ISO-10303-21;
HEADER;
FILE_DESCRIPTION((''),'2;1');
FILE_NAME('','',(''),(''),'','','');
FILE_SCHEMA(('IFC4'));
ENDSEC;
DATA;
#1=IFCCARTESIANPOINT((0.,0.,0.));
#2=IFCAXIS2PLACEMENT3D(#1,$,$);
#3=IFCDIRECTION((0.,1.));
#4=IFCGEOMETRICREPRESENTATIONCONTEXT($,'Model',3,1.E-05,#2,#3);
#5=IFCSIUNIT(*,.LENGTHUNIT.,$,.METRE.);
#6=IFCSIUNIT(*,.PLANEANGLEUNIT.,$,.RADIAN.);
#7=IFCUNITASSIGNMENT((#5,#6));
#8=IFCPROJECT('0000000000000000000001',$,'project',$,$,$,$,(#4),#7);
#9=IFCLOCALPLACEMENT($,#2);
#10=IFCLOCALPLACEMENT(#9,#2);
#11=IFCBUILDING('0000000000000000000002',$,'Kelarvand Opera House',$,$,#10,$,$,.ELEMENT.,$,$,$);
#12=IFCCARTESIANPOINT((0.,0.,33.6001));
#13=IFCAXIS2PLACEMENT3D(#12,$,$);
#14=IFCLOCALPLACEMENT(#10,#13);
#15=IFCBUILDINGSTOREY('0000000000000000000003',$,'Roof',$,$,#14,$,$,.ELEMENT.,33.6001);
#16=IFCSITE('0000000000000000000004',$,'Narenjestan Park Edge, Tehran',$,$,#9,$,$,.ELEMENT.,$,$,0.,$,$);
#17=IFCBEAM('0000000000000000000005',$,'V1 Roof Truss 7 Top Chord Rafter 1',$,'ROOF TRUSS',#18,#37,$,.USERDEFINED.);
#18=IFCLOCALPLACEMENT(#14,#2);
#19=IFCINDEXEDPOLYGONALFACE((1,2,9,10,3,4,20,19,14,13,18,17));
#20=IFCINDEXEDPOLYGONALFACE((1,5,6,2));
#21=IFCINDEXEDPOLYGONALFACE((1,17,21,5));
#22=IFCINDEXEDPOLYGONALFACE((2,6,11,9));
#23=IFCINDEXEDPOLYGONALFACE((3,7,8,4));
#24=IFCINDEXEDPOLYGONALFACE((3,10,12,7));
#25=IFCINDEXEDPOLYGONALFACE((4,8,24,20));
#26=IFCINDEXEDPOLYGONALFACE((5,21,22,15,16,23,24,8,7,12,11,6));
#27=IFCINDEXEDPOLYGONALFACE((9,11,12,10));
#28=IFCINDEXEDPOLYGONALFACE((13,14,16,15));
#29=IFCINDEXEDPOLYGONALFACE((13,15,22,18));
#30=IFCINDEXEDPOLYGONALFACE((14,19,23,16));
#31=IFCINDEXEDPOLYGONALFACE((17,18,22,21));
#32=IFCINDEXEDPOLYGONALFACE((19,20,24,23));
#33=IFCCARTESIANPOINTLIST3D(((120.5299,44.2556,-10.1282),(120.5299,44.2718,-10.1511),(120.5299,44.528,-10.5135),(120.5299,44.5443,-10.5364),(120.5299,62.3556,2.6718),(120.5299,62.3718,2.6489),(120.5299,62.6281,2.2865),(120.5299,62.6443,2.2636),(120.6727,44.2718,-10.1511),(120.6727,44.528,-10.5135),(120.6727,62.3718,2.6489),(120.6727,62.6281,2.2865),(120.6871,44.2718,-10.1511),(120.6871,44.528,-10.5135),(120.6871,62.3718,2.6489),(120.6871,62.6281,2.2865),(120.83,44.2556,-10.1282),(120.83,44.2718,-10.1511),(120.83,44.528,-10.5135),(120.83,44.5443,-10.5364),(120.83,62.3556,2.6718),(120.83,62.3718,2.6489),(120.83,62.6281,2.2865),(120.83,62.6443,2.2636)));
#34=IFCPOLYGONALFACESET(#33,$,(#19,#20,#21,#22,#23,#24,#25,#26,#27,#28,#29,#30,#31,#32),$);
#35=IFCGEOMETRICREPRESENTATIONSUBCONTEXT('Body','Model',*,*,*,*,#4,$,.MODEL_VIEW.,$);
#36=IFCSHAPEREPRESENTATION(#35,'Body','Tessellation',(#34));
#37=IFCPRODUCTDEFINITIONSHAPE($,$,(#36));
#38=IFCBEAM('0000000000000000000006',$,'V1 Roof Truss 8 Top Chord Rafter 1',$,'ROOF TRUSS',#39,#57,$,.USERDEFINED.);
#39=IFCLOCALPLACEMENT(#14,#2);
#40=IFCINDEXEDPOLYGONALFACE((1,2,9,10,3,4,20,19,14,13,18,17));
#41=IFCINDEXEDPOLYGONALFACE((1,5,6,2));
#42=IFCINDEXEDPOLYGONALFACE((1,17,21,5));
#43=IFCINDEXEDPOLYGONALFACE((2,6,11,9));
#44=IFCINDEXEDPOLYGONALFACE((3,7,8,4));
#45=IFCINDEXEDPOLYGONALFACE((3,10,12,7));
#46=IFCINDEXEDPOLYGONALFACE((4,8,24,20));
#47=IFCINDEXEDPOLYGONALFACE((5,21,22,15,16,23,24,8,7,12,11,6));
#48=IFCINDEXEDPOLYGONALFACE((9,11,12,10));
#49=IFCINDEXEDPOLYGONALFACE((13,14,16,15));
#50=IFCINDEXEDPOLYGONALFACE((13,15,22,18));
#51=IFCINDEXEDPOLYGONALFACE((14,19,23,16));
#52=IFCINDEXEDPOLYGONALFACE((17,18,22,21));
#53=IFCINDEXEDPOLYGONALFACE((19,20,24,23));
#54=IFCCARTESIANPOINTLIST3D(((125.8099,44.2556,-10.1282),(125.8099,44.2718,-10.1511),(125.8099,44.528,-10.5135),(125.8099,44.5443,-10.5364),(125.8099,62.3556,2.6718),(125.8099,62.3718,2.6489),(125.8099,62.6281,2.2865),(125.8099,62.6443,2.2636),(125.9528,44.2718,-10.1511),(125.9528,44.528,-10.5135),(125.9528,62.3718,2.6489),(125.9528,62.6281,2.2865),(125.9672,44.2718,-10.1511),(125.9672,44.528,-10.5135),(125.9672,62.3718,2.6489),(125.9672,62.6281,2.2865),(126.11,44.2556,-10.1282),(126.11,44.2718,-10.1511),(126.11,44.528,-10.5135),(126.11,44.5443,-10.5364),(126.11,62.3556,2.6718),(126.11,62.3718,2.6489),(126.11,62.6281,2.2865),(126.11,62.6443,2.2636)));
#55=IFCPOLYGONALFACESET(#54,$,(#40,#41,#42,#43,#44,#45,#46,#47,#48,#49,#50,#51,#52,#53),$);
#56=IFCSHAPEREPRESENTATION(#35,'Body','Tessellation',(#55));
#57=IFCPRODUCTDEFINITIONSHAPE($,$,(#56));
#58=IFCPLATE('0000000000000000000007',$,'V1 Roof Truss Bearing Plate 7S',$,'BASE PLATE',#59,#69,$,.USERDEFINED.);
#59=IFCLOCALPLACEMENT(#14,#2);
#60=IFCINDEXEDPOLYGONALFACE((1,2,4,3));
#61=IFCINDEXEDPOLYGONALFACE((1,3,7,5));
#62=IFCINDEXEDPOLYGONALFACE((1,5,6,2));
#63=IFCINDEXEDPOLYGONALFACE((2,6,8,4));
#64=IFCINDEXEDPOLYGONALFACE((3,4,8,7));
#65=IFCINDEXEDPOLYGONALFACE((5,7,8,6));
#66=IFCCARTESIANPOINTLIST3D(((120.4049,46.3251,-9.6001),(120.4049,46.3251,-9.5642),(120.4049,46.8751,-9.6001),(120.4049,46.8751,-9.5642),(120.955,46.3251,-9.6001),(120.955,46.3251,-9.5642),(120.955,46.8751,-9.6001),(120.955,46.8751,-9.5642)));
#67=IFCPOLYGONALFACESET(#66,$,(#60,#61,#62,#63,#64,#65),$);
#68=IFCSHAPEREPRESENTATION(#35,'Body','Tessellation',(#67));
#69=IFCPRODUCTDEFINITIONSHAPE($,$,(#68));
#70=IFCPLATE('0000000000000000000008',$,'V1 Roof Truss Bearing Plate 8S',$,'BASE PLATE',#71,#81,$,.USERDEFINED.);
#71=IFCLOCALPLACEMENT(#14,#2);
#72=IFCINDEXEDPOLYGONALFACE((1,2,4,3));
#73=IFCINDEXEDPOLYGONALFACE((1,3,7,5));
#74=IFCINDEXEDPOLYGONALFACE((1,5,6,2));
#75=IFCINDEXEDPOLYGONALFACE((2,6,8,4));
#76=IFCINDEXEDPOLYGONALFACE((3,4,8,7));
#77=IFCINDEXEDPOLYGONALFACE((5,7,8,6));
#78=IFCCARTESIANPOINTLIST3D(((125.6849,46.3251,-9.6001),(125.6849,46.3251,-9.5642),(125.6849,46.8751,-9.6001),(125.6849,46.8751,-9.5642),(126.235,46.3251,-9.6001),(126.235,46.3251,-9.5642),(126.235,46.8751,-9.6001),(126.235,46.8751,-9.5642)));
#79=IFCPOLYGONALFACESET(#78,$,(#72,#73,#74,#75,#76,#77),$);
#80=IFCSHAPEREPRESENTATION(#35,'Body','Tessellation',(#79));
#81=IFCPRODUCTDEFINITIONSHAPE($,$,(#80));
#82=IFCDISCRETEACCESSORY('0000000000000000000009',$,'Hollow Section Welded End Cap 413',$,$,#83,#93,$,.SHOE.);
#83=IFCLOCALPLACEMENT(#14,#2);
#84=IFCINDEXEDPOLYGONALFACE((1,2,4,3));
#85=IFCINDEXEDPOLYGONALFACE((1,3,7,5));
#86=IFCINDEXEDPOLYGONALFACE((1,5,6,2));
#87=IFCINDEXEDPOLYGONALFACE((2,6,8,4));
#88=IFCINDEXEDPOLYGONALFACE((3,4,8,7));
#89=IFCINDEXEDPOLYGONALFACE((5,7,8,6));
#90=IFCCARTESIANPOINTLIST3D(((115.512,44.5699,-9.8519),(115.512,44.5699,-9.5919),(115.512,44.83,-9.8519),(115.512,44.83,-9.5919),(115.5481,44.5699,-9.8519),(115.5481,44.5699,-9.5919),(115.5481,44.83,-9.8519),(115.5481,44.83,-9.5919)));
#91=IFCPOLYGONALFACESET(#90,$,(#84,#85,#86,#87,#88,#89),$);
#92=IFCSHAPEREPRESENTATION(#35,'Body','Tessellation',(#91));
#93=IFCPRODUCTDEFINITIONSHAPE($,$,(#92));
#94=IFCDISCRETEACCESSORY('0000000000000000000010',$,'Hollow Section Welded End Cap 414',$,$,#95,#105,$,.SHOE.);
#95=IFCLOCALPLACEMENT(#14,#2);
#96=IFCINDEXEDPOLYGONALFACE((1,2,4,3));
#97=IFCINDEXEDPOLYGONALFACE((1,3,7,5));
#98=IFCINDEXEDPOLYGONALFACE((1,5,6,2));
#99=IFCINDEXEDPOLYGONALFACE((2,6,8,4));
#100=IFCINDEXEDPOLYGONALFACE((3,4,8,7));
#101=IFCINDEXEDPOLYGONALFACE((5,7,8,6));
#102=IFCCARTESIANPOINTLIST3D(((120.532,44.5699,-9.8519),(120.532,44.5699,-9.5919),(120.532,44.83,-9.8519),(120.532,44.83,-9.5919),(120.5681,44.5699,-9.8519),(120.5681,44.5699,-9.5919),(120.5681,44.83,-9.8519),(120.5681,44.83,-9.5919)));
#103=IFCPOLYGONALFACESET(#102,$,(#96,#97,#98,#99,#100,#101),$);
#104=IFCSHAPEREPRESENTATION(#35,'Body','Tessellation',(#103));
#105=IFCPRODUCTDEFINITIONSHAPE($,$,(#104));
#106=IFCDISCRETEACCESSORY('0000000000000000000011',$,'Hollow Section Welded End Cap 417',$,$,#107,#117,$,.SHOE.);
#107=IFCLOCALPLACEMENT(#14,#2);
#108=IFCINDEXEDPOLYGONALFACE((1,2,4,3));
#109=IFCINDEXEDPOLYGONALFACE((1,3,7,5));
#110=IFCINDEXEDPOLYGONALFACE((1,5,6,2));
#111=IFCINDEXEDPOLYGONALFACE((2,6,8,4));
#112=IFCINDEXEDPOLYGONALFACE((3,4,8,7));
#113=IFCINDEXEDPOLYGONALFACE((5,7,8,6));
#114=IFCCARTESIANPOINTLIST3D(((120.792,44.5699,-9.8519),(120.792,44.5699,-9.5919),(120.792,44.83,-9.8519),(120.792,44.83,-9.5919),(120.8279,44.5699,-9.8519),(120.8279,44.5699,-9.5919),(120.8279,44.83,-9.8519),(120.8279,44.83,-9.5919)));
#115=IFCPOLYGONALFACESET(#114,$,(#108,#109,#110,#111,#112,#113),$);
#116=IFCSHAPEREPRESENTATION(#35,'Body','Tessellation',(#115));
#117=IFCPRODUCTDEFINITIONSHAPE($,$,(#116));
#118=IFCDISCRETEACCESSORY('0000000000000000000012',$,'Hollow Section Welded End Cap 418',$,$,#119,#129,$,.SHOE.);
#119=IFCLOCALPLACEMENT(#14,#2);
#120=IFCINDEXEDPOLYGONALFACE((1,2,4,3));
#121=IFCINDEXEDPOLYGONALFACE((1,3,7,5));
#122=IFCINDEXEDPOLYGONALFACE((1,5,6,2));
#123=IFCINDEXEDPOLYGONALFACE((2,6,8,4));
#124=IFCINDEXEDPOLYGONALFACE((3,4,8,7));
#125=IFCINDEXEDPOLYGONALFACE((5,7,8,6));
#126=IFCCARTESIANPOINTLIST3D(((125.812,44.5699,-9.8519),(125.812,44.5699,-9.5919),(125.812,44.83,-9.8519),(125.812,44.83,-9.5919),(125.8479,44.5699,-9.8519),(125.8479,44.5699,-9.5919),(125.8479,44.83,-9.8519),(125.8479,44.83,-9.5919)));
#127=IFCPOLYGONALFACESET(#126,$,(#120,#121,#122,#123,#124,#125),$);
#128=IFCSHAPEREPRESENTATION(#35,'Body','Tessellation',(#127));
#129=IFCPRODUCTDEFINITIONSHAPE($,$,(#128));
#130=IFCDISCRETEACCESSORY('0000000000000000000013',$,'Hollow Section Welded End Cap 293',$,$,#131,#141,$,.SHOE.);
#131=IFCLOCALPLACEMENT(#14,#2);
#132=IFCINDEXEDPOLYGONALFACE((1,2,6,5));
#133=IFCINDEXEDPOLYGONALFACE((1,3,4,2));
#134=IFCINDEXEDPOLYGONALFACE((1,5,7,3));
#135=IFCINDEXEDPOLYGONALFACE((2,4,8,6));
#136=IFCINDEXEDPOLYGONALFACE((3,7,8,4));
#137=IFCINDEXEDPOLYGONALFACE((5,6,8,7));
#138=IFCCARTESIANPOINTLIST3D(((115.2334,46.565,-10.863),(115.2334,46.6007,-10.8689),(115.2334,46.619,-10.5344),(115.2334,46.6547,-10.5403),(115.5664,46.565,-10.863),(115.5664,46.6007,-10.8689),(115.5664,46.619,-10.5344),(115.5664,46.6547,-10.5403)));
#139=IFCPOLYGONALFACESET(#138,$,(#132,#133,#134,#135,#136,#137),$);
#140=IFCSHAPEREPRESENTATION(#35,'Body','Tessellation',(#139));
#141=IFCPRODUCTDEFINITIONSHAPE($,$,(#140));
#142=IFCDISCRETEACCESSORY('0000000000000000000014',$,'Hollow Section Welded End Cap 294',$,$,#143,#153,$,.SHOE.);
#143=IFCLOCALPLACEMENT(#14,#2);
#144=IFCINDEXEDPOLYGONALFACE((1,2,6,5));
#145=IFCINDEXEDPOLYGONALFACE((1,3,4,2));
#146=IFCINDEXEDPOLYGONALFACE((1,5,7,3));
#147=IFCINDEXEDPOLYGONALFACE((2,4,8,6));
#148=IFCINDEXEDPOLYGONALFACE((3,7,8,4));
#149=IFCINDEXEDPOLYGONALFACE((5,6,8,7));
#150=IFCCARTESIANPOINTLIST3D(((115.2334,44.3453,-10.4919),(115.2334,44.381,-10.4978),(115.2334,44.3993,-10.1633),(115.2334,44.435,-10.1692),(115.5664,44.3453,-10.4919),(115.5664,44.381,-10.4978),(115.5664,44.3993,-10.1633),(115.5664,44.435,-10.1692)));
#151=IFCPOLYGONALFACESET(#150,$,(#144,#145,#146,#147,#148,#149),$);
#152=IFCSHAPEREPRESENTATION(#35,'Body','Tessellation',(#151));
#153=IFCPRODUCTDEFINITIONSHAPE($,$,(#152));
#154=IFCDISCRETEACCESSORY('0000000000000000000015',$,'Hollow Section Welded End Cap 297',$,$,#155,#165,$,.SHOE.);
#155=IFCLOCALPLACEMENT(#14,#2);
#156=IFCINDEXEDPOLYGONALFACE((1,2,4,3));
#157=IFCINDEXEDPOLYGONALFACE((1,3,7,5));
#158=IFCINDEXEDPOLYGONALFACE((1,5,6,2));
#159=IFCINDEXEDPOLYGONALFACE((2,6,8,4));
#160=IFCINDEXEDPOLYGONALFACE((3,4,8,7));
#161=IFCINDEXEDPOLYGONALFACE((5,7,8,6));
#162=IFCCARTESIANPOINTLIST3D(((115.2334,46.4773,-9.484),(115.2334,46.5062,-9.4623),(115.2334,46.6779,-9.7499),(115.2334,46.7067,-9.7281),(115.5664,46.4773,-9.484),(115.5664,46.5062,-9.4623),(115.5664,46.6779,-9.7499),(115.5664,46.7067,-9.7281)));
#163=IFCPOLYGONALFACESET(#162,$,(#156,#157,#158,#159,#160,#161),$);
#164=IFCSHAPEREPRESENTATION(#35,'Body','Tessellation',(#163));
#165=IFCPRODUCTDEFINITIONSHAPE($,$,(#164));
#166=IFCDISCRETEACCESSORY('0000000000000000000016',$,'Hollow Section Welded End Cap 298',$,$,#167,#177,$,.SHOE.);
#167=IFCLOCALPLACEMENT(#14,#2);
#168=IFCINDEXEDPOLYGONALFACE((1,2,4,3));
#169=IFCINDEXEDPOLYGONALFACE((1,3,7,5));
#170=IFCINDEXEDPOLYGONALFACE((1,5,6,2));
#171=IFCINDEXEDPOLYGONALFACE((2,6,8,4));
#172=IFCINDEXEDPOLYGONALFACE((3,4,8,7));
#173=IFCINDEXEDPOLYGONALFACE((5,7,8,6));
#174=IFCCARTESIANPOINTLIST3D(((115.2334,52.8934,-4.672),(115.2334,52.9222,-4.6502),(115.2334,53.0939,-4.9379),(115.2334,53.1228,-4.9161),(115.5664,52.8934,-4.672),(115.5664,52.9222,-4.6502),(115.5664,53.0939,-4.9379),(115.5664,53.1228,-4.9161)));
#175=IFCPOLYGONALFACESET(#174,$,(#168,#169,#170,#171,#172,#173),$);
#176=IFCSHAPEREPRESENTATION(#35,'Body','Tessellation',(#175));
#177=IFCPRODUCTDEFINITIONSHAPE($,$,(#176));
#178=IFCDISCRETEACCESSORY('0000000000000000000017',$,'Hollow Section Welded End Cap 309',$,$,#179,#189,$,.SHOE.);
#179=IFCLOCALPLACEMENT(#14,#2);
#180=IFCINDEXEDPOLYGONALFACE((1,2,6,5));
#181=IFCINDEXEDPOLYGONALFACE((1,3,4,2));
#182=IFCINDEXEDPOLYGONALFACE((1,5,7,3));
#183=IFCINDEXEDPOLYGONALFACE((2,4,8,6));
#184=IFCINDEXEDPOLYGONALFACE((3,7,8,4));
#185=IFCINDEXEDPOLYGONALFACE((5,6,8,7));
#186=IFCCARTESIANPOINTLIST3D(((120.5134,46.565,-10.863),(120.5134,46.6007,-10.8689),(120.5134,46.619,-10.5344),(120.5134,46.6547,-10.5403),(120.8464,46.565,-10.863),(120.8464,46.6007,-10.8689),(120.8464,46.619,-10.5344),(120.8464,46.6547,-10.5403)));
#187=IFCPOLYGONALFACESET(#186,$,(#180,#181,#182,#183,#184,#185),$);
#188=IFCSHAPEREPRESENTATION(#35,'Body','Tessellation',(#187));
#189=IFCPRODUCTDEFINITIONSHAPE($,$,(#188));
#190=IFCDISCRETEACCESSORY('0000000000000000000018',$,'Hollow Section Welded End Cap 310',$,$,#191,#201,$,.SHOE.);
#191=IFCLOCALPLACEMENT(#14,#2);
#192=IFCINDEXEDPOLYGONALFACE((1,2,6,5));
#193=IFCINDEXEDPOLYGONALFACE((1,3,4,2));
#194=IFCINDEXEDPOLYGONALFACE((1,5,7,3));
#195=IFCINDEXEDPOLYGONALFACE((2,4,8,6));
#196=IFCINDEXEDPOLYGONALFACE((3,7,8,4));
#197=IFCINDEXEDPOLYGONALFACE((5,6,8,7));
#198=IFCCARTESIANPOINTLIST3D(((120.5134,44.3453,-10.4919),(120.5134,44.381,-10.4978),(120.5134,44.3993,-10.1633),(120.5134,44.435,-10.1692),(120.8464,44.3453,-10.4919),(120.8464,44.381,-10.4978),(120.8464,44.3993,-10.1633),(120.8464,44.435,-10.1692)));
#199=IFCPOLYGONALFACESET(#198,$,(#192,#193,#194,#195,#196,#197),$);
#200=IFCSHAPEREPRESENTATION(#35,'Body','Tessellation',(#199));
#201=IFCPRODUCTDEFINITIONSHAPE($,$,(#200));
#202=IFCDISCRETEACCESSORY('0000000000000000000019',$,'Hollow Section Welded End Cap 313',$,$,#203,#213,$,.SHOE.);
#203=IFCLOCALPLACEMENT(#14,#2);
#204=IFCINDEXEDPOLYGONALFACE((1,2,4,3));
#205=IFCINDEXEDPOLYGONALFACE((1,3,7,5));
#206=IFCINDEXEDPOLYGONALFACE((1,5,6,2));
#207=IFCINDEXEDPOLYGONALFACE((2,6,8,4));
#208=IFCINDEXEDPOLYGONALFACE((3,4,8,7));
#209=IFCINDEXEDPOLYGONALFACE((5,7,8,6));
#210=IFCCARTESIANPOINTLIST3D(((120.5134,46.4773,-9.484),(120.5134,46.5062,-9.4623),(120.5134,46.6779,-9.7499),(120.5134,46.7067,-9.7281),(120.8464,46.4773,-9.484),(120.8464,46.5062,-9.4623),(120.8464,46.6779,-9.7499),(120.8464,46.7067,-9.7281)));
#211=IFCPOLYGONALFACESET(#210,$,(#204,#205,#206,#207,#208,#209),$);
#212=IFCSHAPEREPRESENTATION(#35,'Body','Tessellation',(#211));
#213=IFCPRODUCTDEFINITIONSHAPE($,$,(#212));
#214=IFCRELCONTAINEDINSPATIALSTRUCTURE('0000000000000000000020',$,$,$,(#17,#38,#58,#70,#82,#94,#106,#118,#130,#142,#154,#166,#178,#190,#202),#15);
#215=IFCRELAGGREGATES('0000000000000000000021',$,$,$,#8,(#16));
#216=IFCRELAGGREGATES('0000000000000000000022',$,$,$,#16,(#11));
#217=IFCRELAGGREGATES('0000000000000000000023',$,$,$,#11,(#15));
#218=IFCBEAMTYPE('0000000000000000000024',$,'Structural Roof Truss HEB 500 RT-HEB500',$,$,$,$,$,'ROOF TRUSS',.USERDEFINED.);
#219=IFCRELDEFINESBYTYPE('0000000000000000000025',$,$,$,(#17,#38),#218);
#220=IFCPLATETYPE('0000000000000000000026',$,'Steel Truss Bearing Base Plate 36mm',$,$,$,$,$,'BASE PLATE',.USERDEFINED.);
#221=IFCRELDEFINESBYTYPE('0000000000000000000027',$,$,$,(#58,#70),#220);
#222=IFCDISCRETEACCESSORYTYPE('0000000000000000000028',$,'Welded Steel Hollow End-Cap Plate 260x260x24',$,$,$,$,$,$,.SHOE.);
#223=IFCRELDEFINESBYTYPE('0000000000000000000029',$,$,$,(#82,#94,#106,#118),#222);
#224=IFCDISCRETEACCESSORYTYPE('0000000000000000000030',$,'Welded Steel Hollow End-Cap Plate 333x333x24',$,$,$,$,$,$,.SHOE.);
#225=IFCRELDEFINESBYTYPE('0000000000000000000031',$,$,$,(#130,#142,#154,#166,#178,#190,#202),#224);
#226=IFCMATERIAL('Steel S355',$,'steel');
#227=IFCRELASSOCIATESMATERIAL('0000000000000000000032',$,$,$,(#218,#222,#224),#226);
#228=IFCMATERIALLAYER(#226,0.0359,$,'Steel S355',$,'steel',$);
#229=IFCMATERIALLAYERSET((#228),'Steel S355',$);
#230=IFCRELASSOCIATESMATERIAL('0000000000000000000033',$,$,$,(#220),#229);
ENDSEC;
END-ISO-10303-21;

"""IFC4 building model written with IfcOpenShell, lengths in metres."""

from ifc_helpers import new_model, si_unit, direction, frame, origin, origin_2d, place, context, subcontext, project, spatial, rectangle, i_section, extrude, material, layer, layer_set, material_profile, profile_set, type_object, element, save


model = new_model("IFC4")

# Units and contexts
model_context = context("Model", 3, precision=1e-05, world=origin(), true_north=direction((0.0, 1.0)))
body_context = subcontext(model_context, "Body", "Model", "MODEL_VIEW")
ifc_project = project(units=[si_unit("LENGTHUNIT", "METRE"), si_unit("PLANEANGLEUNIT", "RADIAN")], contexts=[model_context])

# Site, building, storey
site_placement = place(None, origin())
site = spatial("IfcSite", under=ifc_project, at=site_placement, Name="Narenjestan Park Edge, Tehran", CompositionType="ELEMENT", RefElevation=0.0)
building_placement = place(site_placement, origin())
building = spatial("IfcBuilding", under=site, at=building_placement, Name="Kelarvand Opera House", CompositionType="ELEMENT")
storey_placement = place(building_placement, frame((0.0, 0.0, 33.6001)))
storey = spatial("IfcBuildingStorey", under=building, at=storey_placement, Name="Roof", CompositionType="ELEMENT", Elevation=33.6001)

# Shared definitions
ifc_material = material(Name="Steel S355", Category="steel")

# Beams
ifc_material_profile_1 = material_profile(ifc_material, i_section(OverallWidth=0.3, OverallDepth=0.5, WebThickness=0.0144, FlangeThickness=0.0281, at=origin_2d()), Name="HEB 500", Category="steel")
ifc_profile_set_1 = profile_set([ifc_material_profile_1], Name="Steel S355")
beam_type = type_object("IfcBeamType", Name="Structural Roof Truss HEB 500 RT-HEB500", ElementType="ROOF TRUSS", PredefinedType="USERDEFINED", material=ifc_profile_set_1)
for number, where, z_axis, x_axis, name in (
    (1, (120.6799, 44.3999, -10.3323), (0.0, 0.816468, 0.577391), (-1.0, 0.0, 0.0), "V1 Roof Truss 7 Top Chord Rafter 1"),
    (2, (125.96, 44.3999, -10.3323), (0.0, 0.816468, 0.577391), (-1.0, 0.0, 0.0), "V1 Roof Truss 8 Top Chord Rafter 1"),
):
    element("IfcBeam", number, at=place(storey_placement, frame(where, z_axis=z_axis, x_axis=x_axis)), inside=storey, type_object=beam_type, Name=name, ObjectType="ROOF TRUSS", PredefinedType="USERDEFINED", context=body_context, shape_type="SweptSolid", body=[
        extrude(i_section(OverallWidth=0.3, OverallDepth=0.5, WebThickness=0.0144, FlangeThickness=0.0281, at=origin_2d()), origin(), (0.0, 0.0, 1.0), 22.1687),
    ])

# Plates
ifc_layer = layer(ifc_material, 0.0359, Name="Steel S355", Category="steel")
ifc_layer_set = layer_set([ifc_layer], Name="Steel S355")
plate_type = type_object("IfcPlateType", Name="Steel Truss Bearing Base Plate 36mm", ElementType="BASE PLATE", PredefinedType="USERDEFINED", material=ifc_layer_set)
for number, where, z_axis, x_axis, name in (
    (3, (120.6799, 46.6001, -9.6001), (0.0, 0.0, 1.0), (1.0, 0.0, 0.0), "V1 Roof Truss Bearing Plate 7S"),
    (4, (125.96, 46.6001, -9.6001), (0.0, 0.0, 1.0), (1.0, 0.0, 0.0), "V1 Roof Truss Bearing Plate 8S"),
):
    element("IfcPlate", number, at=place(storey_placement, frame(where, z_axis=z_axis, x_axis=x_axis)), inside=storey, type_object=plate_type, Name=name, ObjectType="BASE PLATE", PredefinedType="USERDEFINED", context=body_context, shape_type="SweptSolid", body=[
        extrude(rectangle(XDim=0.55, YDim=0.55, at=origin_2d()), origin(), (0.0, 0.0, 1.0), 0.0359),
    ])

# Discrete accessories
ifc_material_profile_2 = material_profile(ifc_material, rectangle(XDim=0.26, YDim=0.26, at=origin_2d()), Name="Welded Steel Hollow End-Cap Plate 260x260x24", Category="steel")
ifc_profile_set_2 = profile_set([ifc_material_profile_2], Name="Steel S355")
discrete_accessory_type_1 = type_object("IfcDiscreteAccessoryType", Name="Welded Steel Hollow End-Cap Plate 260x260x24", PredefinedType="SHOE", material=ifc_profile_set_2)
for number, where, z_axis, x_axis, name in (
    (5, (115.5481, 44.7, -9.7219), (-1.0, 0.0, 0.0), (0.0, -1.0, 0.0), "Hollow Section Welded End Cap 413"),
    (6, (120.532, 44.7, -9.7219), (1.0, 0.0, 0.0), (0.0, 1.0, 0.0), "Hollow Section Welded End Cap 414"),
):
    element("IfcDiscreteAccessory", number, at=place(storey_placement, frame(where, z_axis=z_axis, x_axis=x_axis)), inside=storey, type_object=discrete_accessory_type_1, Name=name, PredefinedType="SHOE", context=body_context, shape_type="SweptSolid", body=[
        extrude(rectangle(XDim=0.26, YDim=0.26, at=origin_2d()), origin(), (0.0, 0.0, 1.0), 0.0361),
    ])
for number, where, z_axis, x_axis, name in (
    (7, (120.8279, 44.7, -9.7219), (-1.0, 0.0, 0.0), (0.0, -1.0, 0.0), "Hollow Section Welded End Cap 417"),
    (8, (125.812, 44.7, -9.7219), (1.0, 0.0, 0.0), (0.0, 1.0, 0.0), "Hollow Section Welded End Cap 418"),
):
    element("IfcDiscreteAccessory", number, at=place(storey_placement, frame(where, z_axis=z_axis, x_axis=x_axis)), inside=storey, type_object=discrete_accessory_type_1, Name=name, PredefinedType="SHOE", context=body_context, shape_type="SweptSolid", body=[
        extrude(rectangle(XDim=0.26, YDim=0.26, at=origin_2d()), origin(), (0.0, 0.0, 1.0), 0.0359),
    ])
ifc_material_profile_3 = material_profile(ifc_material, rectangle(XDim=0.333, YDim=0.333, at=origin_2d()), Name="Welded Steel Hollow End-Cap Plate 333x333x24", Category="steel")
ifc_profile_set_3 = profile_set([ifc_material_profile_3], Name="Steel S355")
discrete_accessory_type_2 = type_object("IfcDiscreteAccessoryType", Name="Welded Steel Hollow End-Cap Plate 333x333x24", PredefinedType="SHOE", material=ifc_profile_set_3)
for number, where, z_axis, x_axis, name in (
    (9, (115.3999, 46.592, -10.6987), (0.0, 0.986757, -0.162207), (-1.0, 0.0, 0.0), "Hollow Section Welded End Cap 293"),
    (10, (115.3999, 44.408, -10.3335), (0.0, -0.986757, 0.162207), (1.0, 0.0, 0.0), "Hollow Section Welded End Cap 294"),
    (11, (115.3999, 46.6064, -9.5952), (0.0, -0.798373, -0.602163), (1.0, 0.0, 0.0), "Hollow Section Welded End Cap 297"),
    (12, (115.3999, 52.9937, -4.8049), (0.0, 0.798373, 0.602163), (-1.0, 0.0, 0.0), "Hollow Section Welded End Cap 298"),
    (13, (120.6799, 46.592, -10.6987), (0.0, 0.986757, -0.162207), (-1.0, 0.0, 0.0), "Hollow Section Welded End Cap 309"),
    (14, (120.6799, 44.408, -10.3335), (0.0, -0.986757, 0.162207), (1.0, 0.0, 0.0), "Hollow Section Welded End Cap 310"),
    (15, (120.6799, 46.6064, -9.5952), (0.0, -0.798373, -0.602163), (1.0, 0.0, 0.0), "Hollow Section Welded End Cap 313"),
):
    element("IfcDiscreteAccessory", number, at=place(storey_placement, frame(where, z_axis=z_axis, x_axis=x_axis)), inside=storey, type_object=discrete_accessory_type_2, Name=name, PredefinedType="SHOE", context=body_context, shape_type="SweptSolid", body=[
        extrude(rectangle(XDim=0.333, YDim=0.333, at=origin_2d()), origin(), (0.0, 0.0, 1.0), 0.0361),
    ])

save(model, "model.ifc")
